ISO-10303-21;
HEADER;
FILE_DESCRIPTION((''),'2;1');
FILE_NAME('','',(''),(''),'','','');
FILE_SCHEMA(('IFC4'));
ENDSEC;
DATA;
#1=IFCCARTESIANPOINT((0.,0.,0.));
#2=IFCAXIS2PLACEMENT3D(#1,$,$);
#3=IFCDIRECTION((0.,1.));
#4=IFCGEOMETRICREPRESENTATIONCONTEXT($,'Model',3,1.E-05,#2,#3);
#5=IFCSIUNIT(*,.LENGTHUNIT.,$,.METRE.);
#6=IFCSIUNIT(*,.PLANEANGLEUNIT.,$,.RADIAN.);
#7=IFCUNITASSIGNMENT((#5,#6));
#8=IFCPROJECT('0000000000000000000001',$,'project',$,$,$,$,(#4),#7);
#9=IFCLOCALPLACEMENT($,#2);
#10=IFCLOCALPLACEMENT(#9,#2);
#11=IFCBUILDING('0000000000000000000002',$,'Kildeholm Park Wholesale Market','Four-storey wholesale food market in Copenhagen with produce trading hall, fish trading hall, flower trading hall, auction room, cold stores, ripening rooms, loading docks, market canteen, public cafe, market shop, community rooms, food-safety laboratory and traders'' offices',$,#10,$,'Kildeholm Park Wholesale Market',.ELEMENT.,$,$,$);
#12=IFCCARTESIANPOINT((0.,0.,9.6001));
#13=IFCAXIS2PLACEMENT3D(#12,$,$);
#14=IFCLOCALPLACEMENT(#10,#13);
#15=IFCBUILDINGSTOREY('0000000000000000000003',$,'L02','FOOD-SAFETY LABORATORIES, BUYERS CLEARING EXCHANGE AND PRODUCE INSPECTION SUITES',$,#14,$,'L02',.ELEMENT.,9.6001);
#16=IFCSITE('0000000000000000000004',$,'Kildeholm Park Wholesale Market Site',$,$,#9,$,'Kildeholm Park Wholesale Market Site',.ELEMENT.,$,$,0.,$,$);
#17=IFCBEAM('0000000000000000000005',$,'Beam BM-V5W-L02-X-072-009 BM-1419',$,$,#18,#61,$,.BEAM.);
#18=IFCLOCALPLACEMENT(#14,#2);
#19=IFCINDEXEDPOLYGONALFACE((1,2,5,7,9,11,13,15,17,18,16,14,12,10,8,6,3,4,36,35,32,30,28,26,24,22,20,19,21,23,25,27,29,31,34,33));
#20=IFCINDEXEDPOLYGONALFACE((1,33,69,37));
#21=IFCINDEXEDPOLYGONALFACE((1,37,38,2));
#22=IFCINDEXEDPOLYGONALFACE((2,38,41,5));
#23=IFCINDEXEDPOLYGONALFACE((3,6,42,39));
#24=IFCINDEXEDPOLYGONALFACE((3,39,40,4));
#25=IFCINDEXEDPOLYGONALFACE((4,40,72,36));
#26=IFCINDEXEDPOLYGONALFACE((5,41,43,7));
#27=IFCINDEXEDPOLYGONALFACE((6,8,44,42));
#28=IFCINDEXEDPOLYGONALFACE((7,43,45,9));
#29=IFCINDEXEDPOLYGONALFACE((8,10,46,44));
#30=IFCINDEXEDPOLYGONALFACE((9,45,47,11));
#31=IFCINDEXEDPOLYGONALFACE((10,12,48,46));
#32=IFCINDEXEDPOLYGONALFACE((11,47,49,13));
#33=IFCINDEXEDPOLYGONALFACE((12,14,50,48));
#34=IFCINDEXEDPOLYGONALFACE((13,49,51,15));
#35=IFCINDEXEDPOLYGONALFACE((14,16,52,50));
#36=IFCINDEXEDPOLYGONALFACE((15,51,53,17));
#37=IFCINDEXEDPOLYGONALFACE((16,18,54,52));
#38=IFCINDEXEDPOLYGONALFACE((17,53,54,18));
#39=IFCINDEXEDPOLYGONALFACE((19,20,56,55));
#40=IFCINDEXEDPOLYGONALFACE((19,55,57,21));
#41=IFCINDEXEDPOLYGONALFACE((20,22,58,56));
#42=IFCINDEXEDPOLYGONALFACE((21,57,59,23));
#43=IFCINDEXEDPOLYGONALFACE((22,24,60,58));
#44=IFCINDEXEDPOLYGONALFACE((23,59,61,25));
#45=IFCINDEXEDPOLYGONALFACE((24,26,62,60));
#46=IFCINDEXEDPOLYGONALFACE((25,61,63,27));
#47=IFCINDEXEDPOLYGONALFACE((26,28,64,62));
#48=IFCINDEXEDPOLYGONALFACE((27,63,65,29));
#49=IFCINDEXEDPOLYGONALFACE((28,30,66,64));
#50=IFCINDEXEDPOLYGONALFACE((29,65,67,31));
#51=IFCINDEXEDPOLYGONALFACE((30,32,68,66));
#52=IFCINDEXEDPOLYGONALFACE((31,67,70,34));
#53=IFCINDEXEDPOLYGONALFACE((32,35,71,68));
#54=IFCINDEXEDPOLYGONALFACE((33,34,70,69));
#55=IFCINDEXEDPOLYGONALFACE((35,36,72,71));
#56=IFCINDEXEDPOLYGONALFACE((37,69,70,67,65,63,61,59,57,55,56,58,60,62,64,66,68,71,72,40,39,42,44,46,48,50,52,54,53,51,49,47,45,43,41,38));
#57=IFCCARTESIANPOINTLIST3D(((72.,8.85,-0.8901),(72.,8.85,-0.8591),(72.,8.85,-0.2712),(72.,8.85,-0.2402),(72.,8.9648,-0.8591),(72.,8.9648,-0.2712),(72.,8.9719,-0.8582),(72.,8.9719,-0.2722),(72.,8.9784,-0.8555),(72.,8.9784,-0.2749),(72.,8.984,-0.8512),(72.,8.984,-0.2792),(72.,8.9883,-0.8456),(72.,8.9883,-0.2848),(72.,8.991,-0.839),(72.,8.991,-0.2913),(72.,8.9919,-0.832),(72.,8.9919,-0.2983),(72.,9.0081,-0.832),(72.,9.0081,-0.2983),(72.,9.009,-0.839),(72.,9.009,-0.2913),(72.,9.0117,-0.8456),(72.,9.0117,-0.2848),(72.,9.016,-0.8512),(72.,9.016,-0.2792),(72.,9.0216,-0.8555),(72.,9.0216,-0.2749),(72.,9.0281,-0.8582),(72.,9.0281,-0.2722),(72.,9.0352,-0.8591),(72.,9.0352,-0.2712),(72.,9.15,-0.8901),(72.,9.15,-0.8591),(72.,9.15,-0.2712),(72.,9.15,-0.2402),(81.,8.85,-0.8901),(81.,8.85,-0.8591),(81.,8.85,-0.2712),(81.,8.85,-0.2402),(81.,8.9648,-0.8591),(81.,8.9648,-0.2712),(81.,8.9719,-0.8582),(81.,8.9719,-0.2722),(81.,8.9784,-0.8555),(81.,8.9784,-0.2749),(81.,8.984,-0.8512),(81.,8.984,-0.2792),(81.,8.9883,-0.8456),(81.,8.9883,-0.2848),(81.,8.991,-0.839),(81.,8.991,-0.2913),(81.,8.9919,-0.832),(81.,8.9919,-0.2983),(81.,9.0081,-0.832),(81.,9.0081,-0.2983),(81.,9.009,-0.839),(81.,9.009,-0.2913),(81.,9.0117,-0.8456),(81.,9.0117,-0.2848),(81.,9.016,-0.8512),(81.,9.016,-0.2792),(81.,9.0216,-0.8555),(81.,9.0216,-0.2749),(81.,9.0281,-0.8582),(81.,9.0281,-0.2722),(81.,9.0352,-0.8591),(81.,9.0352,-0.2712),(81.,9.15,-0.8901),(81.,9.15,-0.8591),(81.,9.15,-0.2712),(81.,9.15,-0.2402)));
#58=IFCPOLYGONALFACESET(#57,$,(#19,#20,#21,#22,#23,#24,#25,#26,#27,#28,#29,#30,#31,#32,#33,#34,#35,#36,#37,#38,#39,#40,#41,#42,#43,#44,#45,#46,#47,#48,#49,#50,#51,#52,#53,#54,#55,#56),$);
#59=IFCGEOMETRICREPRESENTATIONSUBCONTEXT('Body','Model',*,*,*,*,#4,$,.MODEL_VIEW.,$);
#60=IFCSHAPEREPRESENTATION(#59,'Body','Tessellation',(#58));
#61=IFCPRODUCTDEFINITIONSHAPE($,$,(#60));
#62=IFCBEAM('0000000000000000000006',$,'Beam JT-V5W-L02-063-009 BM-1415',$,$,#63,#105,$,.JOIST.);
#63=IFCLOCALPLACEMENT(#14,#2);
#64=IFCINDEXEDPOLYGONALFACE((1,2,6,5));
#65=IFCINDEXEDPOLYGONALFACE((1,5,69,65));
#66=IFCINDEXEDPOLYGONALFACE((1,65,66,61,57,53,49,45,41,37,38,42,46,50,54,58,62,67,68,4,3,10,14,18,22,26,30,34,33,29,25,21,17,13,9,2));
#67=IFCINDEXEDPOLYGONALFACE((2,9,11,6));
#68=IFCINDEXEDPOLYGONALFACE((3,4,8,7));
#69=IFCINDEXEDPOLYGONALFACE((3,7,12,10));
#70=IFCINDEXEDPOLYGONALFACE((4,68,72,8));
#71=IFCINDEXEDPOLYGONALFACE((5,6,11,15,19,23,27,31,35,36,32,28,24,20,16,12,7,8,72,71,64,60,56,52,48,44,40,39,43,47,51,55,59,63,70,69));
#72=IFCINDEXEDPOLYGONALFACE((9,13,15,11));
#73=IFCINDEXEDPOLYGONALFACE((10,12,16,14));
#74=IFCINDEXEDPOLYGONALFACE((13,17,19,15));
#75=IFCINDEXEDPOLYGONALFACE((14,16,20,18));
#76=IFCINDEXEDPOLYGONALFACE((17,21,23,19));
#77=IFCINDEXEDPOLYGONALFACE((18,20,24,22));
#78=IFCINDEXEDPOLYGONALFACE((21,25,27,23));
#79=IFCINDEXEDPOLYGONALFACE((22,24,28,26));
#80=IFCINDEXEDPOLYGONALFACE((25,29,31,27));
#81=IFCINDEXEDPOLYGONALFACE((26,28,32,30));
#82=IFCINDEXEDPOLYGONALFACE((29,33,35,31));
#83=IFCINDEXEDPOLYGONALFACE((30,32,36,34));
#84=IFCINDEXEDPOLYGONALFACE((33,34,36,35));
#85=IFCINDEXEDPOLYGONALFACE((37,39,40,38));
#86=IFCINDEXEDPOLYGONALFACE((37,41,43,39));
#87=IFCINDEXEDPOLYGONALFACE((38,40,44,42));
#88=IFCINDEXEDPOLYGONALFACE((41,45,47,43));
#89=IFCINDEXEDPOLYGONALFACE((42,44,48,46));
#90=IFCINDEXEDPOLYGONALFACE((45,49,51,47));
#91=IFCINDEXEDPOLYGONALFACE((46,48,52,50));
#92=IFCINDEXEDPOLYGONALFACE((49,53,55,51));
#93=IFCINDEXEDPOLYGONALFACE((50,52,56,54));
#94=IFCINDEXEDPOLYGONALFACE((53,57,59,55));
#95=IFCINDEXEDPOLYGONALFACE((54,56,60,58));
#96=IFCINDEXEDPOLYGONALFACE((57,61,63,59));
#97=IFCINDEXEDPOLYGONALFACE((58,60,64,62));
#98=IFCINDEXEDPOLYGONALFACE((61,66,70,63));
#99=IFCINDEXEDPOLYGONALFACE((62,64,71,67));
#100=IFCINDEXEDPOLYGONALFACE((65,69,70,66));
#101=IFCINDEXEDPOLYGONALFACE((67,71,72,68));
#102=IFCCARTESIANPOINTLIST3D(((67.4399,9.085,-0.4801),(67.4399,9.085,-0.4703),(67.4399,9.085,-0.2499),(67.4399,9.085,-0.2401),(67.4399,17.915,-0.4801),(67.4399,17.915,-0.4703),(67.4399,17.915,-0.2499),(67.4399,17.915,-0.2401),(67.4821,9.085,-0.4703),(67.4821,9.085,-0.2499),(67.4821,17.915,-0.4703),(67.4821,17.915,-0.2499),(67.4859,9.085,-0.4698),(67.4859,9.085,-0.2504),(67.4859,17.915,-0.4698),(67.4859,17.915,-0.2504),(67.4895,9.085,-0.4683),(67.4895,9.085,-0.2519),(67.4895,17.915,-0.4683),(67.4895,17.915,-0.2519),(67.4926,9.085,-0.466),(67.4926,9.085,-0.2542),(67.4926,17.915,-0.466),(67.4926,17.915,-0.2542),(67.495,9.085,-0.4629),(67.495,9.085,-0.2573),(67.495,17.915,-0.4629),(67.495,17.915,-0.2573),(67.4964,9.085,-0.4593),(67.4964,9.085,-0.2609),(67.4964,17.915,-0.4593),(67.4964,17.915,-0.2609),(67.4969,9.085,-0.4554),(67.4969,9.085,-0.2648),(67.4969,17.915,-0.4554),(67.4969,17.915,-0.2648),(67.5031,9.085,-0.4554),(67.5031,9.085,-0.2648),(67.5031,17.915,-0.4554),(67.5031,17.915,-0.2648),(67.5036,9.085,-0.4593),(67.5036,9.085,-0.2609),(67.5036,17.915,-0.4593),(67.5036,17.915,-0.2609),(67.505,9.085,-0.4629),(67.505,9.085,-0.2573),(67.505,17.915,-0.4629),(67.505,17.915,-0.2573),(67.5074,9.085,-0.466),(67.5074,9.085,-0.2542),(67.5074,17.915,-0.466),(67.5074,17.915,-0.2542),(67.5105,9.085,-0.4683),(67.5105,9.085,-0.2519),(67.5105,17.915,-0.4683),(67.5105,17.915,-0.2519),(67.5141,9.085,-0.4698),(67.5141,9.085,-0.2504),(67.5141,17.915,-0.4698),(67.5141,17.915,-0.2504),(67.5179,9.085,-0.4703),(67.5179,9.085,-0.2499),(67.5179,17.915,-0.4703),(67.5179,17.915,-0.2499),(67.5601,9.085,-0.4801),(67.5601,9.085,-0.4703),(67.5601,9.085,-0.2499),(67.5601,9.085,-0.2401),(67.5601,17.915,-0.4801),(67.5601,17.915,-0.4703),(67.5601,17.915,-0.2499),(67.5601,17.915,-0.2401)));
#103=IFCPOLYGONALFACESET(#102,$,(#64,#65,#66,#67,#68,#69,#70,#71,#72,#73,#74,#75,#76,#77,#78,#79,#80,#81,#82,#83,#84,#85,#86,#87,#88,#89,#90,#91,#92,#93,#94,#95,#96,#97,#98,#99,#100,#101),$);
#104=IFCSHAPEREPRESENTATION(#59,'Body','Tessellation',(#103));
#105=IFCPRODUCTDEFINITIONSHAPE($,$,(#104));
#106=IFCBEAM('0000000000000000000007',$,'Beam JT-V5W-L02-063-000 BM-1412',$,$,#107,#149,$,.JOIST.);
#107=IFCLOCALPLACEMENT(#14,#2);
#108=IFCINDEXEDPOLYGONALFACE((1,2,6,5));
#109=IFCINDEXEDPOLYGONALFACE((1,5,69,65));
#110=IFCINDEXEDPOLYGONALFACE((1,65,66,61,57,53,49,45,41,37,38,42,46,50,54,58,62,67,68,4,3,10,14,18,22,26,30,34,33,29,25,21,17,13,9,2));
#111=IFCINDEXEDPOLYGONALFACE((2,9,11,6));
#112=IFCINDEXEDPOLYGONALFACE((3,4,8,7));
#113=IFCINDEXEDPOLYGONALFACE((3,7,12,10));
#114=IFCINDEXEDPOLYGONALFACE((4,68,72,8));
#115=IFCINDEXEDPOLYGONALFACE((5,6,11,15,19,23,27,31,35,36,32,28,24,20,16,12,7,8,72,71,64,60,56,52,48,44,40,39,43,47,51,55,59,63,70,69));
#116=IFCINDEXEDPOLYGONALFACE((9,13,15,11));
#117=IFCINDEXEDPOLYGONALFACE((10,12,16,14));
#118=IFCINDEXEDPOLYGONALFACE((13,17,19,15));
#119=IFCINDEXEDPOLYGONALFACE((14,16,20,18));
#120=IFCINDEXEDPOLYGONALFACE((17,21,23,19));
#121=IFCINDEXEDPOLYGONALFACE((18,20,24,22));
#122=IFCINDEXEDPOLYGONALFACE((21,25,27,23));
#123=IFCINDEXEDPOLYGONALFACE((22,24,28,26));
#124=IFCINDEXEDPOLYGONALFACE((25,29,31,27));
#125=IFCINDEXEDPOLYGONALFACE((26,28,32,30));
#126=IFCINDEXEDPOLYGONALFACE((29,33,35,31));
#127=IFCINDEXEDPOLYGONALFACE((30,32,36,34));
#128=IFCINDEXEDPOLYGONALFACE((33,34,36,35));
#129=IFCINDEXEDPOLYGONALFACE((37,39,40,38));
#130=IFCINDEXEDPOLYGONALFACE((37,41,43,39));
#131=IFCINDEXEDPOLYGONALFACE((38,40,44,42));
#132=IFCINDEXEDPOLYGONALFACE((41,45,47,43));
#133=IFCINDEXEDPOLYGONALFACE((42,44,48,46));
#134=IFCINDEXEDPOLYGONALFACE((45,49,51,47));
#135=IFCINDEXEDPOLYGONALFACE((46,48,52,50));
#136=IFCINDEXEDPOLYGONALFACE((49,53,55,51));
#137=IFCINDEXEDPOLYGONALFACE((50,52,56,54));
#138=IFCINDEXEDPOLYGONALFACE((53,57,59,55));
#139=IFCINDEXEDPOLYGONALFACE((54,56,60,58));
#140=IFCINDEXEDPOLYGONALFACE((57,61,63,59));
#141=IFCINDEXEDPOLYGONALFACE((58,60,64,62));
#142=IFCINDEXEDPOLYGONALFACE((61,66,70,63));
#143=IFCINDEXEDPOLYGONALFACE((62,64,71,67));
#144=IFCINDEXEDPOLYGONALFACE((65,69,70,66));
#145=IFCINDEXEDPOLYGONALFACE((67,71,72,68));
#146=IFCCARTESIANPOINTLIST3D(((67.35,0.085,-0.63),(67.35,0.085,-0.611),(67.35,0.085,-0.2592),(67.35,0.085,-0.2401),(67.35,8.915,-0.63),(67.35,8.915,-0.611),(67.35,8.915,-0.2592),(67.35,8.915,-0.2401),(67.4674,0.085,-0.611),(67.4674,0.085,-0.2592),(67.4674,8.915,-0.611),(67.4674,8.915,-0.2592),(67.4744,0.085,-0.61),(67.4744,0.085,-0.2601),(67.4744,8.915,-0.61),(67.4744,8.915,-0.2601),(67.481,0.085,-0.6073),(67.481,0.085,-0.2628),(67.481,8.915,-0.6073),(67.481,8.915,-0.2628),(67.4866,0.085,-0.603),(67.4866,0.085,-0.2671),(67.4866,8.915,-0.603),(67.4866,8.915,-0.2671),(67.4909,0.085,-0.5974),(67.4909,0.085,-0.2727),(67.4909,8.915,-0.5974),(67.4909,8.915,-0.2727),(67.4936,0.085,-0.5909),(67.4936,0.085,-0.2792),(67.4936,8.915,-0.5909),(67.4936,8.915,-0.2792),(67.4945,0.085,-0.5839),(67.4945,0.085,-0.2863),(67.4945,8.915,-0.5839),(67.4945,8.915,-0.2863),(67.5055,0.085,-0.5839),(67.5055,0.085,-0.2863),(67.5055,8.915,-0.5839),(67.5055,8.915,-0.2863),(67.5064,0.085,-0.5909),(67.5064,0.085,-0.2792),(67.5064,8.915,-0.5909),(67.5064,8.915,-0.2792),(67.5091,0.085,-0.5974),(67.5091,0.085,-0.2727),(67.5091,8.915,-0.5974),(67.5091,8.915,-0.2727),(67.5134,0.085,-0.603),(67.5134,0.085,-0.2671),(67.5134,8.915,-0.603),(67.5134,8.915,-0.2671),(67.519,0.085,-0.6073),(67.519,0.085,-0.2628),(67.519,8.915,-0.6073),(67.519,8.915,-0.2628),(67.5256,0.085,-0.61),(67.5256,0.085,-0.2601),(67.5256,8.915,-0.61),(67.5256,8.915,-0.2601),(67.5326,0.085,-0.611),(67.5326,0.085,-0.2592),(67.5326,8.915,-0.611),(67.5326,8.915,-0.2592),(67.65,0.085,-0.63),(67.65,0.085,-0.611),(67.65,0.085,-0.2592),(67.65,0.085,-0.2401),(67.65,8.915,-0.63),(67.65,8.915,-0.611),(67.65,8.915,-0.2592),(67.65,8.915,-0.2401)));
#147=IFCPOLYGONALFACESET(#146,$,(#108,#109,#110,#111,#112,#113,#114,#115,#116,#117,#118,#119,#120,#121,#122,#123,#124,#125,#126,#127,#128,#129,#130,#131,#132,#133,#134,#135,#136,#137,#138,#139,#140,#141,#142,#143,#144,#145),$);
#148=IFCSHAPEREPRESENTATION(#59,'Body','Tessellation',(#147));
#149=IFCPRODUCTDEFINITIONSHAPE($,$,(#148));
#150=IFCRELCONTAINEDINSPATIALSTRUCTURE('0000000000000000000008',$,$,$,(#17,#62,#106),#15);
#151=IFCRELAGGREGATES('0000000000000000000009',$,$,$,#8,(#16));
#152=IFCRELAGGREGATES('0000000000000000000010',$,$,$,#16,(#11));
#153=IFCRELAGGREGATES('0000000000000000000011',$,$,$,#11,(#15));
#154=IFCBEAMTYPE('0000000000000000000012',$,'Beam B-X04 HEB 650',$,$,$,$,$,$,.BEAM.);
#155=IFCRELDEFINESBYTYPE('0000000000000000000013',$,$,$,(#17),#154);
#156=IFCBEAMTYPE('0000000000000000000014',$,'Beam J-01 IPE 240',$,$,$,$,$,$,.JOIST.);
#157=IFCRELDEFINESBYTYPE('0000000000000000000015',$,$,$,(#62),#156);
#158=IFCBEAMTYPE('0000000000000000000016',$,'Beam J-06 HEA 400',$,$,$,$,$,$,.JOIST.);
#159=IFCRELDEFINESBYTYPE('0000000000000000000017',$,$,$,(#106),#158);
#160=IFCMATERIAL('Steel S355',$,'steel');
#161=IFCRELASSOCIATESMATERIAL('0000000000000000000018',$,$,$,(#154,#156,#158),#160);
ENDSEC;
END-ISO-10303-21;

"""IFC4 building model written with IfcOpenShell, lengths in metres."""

from ifc_helpers import new_model, si_unit, direction, frame, origin, origin_2d, place, context, subcontext, project, spatial, i_section, extrude, material, material_profile, profile_set, type_object, element, save


model = new_model("IFC4")

# Units and contexts
model_context = context("Model", 3, precision=1e-05, world=origin(), true_north=direction((0.0, 1.0)))
body_context = subcontext(model_context, "Body", "Model", "MODEL_VIEW")
ifc_project = project(units=[si_unit("LENGTHUNIT", "METRE"), si_unit("PLANEANGLEUNIT", "RADIAN")], contexts=[model_context])

# Site, building, storey
site_placement = place(None, origin())
site = spatial("IfcSite", under=ifc_project, at=site_placement, Name="Kildeholm Park Wholesale Market Site", LongName="Kildeholm Park Wholesale Market Site", CompositionType="ELEMENT", RefElevation=0.0)
building_placement = place(site_placement, origin())
building = spatial("IfcBuilding", under=site, at=building_placement, Name="Kildeholm Park Wholesale Market", Description="Four-storey wholesale food market in Copenhagen with produce trading hall, fish trading hall, flower trading hall, auction room, cold stores, ripening rooms, loading docks, market canteen, public cafe, market shop, community rooms, food-safety laboratory and traders' offices", LongName="Kildeholm Park Wholesale Market", CompositionType="ELEMENT")
storey_placement = place(building_placement, frame((0.0, 0.0, 9.6001)))
storey = spatial("IfcBuildingStorey", under=building, at=storey_placement, Name="L02", Description="FOOD-SAFETY LABORATORIES, BUYERS CLEARING EXCHANGE AND PRODUCE INSPECTION SUITES", LongName="L02", CompositionType="ELEMENT", Elevation=9.6001)

# Shared definitions
ifc_material_1 = material(Name="Steel S355", Category="steel")

# Beams
ifc_material_profile_1 = material_profile(ifc_material_1, i_section(OverallWidth=0.3, OverallDepth=0.6499, WebThickness=0.0161, FlangeThickness=0.031, FilletRadius=0.0271, at=origin_2d()), Name="HEB 650")
ifc_profile_set_1 = profile_set([ifc_material_profile_1], Name="Steel S355")
beam_type_1 = type_object("IfcBeamType", Name="Beam B-X04 HEB 650", PredefinedType="BEAM", material=ifc_profile_set_1)
beam_1_placement = place(storey_placement, frame((72.0, 9.0, -0.5652), z_axis=(1.0, 0.0, 0.0), x_axis=(0.0, 1.0, 0.0)))
element("IfcBeam", 1, at=beam_1_placement, inside=storey, type_object=beam_type_1, Name="Beam BM-V5W-L02-X-072-009 BM-1419", PredefinedType="BEAM", context=body_context, shape_type="SweptSolid", body=[
    extrude(i_section(OverallWidth=0.3, OverallDepth=0.6499, WebThickness=0.0161, FlangeThickness=0.031, FilletRadius=0.0271, at=origin_2d()), origin(), (0.0, 0.0, 1.0), 9.0),
])
ifc_material_profile_2 = material_profile(ifc_material_1, i_section(OverallWidth=0.1201, OverallDepth=0.24, WebThickness=0.0061, FlangeThickness=0.0098, FilletRadius=0.0149, at=origin_2d()), Name="IPE 240")
ifc_profile_set_2 = profile_set([ifc_material_profile_2], Name="Steel S355")
beam_type_2 = type_object("IfcBeamType", Name="Beam J-01 IPE 240", PredefinedType="JOIST", material=ifc_profile_set_2)
beam_2_placement = place(storey_placement, frame((67.5, 9.085, -0.3601), z_axis=(0.0, 1.0, 0.0), x_axis=(-1.0, 0.0, 0.0)))
element("IfcBeam", 2, at=beam_2_placement, inside=storey, type_object=beam_type_2, Name="Beam JT-V5W-L02-063-009 BM-1415", PredefinedType="JOIST", context=body_context, shape_type="SweptSolid", body=[
    extrude(i_section(OverallWidth=0.1201, OverallDepth=0.24, WebThickness=0.0061, FlangeThickness=0.0098, FilletRadius=0.0149, at=origin_2d()), origin(), (0.0, 0.0, 1.0), 8.8301),
])
ifc_material_profile_3 = material_profile(ifc_material_1, i_section(OverallWidth=0.3, OverallDepth=0.3899, WebThickness=0.011, FlangeThickness=0.019, FilletRadius=0.0271, at=origin_2d()), Name="HEA 400")
ifc_profile_set_3 = profile_set([ifc_material_profile_3], Name="Steel S355")
beam_type_3 = type_object("IfcBeamType", Name="Beam J-06 HEA 400", PredefinedType="JOIST", material=ifc_profile_set_3)
beam_3_placement = place(storey_placement, frame((67.5, 0.085, -0.4351), z_axis=(0.0, 1.0, 0.0), x_axis=(-1.0, 0.0, 0.0)))
element("IfcBeam", 3, at=beam_3_placement, inside=storey, type_object=beam_type_3, Name="Beam JT-V5W-L02-063-000 BM-1412", PredefinedType="JOIST", context=body_context, shape_type="SweptSolid", body=[
    extrude(i_section(OverallWidth=0.3, OverallDepth=0.3899, WebThickness=0.011, FlangeThickness=0.019, FilletRadius=0.0271, at=origin_2d()), origin(), (0.0, 0.0, 1.0), 8.8301),
])

save(model, "model.ifc")
